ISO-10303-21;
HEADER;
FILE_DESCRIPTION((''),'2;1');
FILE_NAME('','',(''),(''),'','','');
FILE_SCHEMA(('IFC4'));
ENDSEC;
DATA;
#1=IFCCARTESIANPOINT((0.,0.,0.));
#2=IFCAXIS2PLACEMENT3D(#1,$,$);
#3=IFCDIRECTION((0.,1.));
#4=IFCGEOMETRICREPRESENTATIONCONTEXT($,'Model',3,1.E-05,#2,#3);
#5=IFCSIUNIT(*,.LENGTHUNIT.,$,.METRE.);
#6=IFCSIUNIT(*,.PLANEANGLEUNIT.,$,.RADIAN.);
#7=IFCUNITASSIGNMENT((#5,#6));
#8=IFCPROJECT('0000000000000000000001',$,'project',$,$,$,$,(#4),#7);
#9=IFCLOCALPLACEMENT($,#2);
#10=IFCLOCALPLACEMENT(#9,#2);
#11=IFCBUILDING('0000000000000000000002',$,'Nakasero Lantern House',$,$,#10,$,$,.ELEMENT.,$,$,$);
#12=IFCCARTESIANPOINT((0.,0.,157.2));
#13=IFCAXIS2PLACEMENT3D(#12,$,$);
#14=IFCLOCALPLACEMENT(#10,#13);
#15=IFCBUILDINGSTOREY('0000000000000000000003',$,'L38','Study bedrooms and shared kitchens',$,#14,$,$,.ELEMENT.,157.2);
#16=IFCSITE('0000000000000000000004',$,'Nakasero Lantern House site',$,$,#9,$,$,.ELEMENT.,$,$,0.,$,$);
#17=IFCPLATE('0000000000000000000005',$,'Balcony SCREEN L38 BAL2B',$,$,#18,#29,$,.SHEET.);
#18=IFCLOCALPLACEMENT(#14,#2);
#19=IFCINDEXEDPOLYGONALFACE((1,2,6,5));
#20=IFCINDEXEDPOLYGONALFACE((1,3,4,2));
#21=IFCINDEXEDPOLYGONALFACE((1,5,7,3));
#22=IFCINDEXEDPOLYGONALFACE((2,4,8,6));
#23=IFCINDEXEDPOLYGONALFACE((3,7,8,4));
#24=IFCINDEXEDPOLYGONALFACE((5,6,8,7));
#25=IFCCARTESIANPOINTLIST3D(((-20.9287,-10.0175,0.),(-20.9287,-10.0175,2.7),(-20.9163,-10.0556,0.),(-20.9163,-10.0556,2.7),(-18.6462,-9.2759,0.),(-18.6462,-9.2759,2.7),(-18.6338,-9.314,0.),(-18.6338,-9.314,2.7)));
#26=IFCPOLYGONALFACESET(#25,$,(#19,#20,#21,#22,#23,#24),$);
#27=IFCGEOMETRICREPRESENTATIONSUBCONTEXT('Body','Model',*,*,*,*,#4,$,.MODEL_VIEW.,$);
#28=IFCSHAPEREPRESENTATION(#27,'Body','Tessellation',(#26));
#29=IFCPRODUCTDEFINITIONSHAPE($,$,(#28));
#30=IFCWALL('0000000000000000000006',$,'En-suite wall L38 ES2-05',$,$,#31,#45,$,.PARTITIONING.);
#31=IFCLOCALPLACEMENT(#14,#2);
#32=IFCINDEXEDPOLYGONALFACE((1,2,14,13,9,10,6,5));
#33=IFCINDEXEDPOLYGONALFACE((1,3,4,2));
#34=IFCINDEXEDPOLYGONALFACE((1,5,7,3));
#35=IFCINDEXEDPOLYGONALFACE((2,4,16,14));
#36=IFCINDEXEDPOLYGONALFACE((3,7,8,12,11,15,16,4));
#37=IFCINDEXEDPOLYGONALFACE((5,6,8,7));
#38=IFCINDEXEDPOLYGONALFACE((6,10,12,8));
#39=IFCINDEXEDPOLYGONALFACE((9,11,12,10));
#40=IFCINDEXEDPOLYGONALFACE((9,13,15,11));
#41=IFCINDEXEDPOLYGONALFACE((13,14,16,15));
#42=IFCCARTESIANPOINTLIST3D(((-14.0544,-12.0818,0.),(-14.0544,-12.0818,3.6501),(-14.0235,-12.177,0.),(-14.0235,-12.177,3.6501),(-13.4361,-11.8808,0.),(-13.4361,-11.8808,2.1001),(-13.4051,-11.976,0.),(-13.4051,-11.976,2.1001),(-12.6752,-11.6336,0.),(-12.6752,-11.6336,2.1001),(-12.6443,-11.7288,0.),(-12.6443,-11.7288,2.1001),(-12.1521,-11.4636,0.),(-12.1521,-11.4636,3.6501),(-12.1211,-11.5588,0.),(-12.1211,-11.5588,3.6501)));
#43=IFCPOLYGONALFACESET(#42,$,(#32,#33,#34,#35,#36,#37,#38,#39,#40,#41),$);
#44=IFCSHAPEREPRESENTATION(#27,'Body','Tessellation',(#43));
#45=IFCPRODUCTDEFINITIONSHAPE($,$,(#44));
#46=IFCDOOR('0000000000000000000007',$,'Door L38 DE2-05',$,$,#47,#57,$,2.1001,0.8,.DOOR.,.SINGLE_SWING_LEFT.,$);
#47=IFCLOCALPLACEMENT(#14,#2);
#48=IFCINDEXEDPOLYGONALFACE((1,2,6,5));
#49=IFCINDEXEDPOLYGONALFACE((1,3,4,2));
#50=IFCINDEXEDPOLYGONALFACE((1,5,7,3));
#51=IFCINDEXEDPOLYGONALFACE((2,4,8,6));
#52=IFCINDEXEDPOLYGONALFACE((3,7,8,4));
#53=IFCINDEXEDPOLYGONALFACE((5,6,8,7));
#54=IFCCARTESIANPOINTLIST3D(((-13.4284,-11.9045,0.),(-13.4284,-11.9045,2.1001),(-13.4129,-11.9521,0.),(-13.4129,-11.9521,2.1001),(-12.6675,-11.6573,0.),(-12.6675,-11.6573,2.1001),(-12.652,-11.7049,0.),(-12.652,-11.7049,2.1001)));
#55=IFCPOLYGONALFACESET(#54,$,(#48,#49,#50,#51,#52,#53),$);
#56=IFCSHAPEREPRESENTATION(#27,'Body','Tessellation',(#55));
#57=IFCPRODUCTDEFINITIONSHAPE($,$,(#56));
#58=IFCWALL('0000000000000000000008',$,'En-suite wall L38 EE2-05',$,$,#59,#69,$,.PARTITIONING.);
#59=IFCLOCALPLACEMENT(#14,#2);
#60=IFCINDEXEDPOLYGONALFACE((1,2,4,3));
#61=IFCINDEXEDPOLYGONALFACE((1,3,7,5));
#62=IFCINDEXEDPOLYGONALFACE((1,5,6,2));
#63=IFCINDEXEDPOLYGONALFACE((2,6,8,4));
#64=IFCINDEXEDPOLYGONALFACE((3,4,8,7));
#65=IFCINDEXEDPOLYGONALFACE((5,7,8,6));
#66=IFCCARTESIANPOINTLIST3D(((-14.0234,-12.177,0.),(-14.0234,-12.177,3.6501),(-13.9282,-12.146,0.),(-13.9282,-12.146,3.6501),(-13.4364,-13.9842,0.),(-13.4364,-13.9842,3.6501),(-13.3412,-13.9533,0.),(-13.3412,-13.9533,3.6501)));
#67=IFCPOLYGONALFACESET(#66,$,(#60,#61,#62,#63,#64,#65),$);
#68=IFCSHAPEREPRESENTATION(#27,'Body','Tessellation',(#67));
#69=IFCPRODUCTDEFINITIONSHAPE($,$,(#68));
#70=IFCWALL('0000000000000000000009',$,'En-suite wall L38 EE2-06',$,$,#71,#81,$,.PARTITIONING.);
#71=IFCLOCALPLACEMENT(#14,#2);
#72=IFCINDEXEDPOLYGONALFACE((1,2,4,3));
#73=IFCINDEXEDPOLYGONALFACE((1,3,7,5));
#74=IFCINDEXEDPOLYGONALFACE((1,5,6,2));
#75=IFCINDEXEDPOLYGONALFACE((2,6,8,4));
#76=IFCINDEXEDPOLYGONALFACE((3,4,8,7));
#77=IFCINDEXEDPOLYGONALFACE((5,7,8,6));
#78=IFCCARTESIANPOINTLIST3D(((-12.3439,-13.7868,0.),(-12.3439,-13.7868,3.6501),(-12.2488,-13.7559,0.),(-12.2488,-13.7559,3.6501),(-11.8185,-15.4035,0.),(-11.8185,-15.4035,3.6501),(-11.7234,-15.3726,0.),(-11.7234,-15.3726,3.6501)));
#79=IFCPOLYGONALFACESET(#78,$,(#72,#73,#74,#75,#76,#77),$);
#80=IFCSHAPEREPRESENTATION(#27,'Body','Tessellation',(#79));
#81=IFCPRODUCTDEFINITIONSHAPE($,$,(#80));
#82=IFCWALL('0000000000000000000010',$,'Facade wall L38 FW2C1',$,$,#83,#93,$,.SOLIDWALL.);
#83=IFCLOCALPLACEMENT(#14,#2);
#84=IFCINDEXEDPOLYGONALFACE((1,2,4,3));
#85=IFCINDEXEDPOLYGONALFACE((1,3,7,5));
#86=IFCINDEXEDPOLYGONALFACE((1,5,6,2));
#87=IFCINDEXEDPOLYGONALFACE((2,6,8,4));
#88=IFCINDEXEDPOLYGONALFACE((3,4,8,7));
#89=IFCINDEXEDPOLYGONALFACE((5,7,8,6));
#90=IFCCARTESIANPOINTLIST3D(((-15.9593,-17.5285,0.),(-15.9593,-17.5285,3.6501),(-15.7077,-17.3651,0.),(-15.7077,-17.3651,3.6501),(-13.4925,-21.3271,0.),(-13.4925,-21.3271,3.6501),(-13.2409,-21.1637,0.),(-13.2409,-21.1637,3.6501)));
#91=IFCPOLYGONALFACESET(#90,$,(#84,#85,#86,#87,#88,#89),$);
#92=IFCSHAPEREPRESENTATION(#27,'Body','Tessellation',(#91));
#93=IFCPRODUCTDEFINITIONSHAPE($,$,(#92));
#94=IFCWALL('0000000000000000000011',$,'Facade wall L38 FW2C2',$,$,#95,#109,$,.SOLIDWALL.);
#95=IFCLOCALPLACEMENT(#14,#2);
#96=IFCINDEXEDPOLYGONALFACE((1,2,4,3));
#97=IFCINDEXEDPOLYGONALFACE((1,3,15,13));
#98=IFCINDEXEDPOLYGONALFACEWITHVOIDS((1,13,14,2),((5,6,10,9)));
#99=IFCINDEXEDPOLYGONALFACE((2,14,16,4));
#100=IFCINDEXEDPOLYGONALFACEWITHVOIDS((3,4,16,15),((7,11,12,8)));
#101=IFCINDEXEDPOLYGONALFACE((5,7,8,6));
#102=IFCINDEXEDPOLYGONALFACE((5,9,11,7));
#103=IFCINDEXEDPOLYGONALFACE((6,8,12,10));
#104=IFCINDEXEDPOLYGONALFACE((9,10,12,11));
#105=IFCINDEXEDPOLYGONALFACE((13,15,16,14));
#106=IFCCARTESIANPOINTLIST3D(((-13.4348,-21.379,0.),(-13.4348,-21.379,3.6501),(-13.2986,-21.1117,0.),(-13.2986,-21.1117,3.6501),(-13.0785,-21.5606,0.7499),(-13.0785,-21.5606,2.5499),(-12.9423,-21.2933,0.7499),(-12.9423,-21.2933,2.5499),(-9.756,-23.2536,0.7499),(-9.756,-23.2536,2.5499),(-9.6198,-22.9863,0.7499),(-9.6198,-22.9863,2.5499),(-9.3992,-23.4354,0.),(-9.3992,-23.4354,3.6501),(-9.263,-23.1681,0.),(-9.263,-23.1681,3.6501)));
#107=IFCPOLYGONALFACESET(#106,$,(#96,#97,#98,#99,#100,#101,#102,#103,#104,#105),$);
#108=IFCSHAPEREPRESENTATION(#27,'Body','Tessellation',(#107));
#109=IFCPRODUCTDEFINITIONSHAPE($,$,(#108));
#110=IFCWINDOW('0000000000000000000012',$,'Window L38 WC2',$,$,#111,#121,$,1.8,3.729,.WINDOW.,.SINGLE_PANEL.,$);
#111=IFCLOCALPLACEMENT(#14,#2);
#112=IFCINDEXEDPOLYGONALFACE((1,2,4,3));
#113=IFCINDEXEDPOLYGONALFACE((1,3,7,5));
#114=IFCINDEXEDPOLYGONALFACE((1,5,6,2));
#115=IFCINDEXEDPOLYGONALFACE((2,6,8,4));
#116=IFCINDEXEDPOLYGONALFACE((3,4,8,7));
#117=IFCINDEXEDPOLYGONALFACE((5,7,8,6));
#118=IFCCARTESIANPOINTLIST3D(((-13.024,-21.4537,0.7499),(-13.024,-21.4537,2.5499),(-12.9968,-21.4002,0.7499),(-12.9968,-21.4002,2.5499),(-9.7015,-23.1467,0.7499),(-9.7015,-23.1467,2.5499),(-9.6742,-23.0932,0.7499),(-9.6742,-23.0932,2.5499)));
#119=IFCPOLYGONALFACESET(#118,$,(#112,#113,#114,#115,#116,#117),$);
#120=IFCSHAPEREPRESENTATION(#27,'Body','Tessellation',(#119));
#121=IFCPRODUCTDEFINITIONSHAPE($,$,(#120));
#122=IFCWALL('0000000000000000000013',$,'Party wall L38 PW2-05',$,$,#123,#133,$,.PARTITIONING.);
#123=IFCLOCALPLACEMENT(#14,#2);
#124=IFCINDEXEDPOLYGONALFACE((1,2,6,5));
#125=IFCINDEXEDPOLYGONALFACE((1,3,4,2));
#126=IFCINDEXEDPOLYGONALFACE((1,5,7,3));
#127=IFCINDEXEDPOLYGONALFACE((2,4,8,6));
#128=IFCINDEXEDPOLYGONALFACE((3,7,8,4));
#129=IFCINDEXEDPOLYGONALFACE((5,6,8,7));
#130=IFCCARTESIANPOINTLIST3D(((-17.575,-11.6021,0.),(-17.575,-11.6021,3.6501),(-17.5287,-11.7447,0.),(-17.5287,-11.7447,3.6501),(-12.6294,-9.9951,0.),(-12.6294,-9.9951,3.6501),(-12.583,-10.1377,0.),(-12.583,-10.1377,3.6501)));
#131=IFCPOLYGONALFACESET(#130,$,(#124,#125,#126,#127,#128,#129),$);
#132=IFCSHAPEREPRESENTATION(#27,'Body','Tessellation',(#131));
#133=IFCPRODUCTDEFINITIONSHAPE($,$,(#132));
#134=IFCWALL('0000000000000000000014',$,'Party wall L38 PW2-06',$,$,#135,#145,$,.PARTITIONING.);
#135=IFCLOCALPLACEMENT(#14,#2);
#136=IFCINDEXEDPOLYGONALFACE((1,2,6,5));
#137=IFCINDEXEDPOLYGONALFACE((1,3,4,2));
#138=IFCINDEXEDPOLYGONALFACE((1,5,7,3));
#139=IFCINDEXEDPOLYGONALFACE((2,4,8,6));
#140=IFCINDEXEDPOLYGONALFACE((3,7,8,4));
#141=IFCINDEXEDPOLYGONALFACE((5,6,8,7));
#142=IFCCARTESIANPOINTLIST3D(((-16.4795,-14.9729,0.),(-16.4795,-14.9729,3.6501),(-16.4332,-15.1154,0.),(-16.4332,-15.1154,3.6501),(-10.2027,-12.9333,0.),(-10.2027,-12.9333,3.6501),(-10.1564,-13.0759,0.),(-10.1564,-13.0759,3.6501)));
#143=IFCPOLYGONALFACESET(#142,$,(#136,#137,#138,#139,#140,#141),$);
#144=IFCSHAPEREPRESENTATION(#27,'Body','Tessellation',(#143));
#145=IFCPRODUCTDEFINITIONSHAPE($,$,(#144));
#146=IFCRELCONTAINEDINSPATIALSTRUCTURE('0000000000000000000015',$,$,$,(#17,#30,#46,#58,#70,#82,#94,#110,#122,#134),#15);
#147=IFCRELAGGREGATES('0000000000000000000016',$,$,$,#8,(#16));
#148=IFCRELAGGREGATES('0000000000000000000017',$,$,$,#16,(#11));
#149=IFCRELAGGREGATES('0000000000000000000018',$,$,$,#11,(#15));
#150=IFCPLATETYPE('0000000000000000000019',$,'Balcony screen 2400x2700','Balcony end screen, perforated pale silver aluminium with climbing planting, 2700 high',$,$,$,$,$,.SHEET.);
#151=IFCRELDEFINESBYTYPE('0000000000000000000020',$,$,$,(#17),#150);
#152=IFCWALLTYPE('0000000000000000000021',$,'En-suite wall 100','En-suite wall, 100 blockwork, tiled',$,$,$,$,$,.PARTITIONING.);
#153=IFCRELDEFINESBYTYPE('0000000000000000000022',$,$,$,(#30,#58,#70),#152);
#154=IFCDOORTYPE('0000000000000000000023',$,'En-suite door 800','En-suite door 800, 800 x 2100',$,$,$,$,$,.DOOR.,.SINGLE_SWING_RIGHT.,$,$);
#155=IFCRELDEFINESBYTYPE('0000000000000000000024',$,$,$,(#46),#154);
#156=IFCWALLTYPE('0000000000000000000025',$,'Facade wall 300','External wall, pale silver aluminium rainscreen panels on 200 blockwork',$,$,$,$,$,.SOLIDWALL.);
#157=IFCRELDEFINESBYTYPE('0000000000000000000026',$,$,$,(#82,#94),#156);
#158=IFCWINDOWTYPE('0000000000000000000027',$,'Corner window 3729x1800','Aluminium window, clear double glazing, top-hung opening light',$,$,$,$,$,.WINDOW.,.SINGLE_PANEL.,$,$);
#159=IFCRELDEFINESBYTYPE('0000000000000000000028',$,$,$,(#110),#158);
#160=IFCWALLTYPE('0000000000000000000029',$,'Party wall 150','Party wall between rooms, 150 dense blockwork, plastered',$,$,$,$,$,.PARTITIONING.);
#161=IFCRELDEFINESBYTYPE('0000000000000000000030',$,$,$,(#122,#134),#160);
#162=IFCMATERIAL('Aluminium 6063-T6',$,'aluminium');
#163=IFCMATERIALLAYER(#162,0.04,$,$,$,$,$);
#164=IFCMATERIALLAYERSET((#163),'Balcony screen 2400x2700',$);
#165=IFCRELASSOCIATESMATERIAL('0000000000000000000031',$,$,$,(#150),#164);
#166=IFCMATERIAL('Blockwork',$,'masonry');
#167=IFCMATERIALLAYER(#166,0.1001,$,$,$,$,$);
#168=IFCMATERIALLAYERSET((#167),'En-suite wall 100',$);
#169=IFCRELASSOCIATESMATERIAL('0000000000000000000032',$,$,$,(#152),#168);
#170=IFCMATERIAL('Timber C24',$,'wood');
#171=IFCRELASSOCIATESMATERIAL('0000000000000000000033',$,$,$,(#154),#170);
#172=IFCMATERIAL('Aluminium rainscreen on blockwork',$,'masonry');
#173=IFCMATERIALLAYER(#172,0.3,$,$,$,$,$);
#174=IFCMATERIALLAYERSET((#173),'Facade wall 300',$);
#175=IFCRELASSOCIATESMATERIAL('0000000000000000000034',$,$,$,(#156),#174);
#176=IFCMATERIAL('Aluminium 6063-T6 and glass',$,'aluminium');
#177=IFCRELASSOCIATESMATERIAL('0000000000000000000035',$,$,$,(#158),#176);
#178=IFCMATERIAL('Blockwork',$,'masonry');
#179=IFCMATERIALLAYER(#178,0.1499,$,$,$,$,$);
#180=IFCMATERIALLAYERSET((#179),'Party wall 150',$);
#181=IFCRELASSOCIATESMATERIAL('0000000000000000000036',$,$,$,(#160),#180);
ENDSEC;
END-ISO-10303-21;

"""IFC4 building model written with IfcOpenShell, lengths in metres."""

from ifc_helpers import new_model, si_unit, direction, frame, frame_2d, origin, origin_2d, place, context, subcontext, project, spatial, rectangle, extrude, material, layer, layer_set, type_object, element, fill, save


model = new_model("IFC4")

# Units and contexts
model_context = context("Model", 3, precision=1e-05, world=origin(), true_north=direction((0.0, 1.0)))
body_context = subcontext(model_context, "Body", "Model", "MODEL_VIEW")
ifc_project = project(units=[si_unit("LENGTHUNIT", "METRE"), si_unit("PLANEANGLEUNIT", "RADIAN")], contexts=[model_context])

# Site, building, storey
site_placement = place(None, origin())
site = spatial("IfcSite", under=ifc_project, at=site_placement, Name="Nakasero Lantern House site", CompositionType="ELEMENT", RefElevation=0.0)
building_placement = place(site_placement, origin())
building = spatial("IfcBuilding", under=site, at=building_placement, Name="Nakasero Lantern House", CompositionType="ELEMENT")
storey_placement = place(building_placement, frame((0.0, 0.0, 157.2)))
storey = spatial("IfcBuildingStorey", under=building, at=storey_placement, Name="L38", Description="Study bedrooms and shared kitchens", CompositionType="ELEMENT", Elevation=157.2)

# Plate
ifc_material_1 = material(Name="Aluminium 6063-T6", Category="aluminium")
ifc_layer_1 = layer(ifc_material_1, 0.04)
ifc_layer_set_1 = layer_set([ifc_layer_1], Name="Balcony screen 2400x2700")
plate_type = type_object("IfcPlateType", Name="Balcony screen 2400x2700", Description="Balcony end screen, perforated pale silver aluminium with climbing planting, 2700 high", PredefinedType="SHEET", material=ifc_layer_set_1)
plate_placement = place(storey_placement, frame((-19.7812, -9.6658, 0.0), z_axis=(0.0, 0.0, 1.0), x_axis=(-0.951057, -0.309017, 0.0)))
element("IfcPlate", 1, at=plate_placement, inside=storey, type_object=plate_type, Name="Balcony SCREEN L38 BAL2B", PredefinedType="SHEET", context=body_context, shape_type="SweptSolid", body=[
    extrude(rectangle(XDim=2.3999, YDim=0.04, at=origin_2d()), origin(), (0.0, 0.0, 1.0), 2.7),
])

# Wall, opening, door
ifc_material_2 = material(Name="Blockwork", Category="masonry")
ifc_layer_2 = layer(ifc_material_2, 0.1001)
ifc_layer_set_2 = layer_set([ifc_layer_2], Name="En-suite wall 100")
wall_type_1 = type_object("IfcWallType", Name="En-suite wall 100", Description="En-suite wall, 100 blockwork, tiled", PredefinedType="PARTITIONING", material=ifc_layer_set_2)
wall_1_placement = place(storey_placement, frame((-12.1367, -11.5112, 0.0), z_axis=(0.0, 0.0, 1.0), x_axis=(-0.951048, -0.309042, 0.0)))
wall_1 = element("IfcWall", 2, at=wall_1_placement, inside=storey, type_object=wall_type_1, Name="En-suite wall L38 ES2-05", PredefinedType="PARTITIONING", context=body_context, shape_type="SweptSolid", body=[
    extrude(rectangle(XDim=2.0002, YDim=0.1001, at=frame_2d((1.0, 0.0))), origin(), (0.0, 0.0, 1.0), 3.6501),
])
opening_1_placement = place(wall_1_placement, frame((0.55, 0.0, 0.0)))
opening_1 = element("IfcOpeningElement", 3, at=opening_1_placement, cuts=wall_1, PredefinedType="OPENING", context=body_context, shape_type="SweptSolid", body=[
    extrude(rectangle(XDim=0.8, YDim=2.1001, at=frame_2d((0.3999, 1.05))), frame((0.0, 0.0701, 0.0), z_axis=(0.0, -1.0, 0.0), x_axis=(1.0, 0.0, 0.0)), (0.0, 0.0, 1.0), 0.1401),
])
ifc_material_3 = material(Name="Timber C24", Category="wood")
door_type = type_object("IfcDoorType", Name="En-suite door 800", Description="En-suite door 800, 800 x 2100", OperationType="SINGLE_SWING_RIGHT", PredefinedType="DOOR", material=ifc_material_3)
door_placement = place(opening_1_placement, origin())
door = element("IfcDoor", 4, at=door_placement, inside=storey, type_object=door_type, Name="Door L38 DE2-05", OperationType="SINGLE_SWING_LEFT", OverallHeight=2.1001, OverallWidth=0.8, PredefinedType="DOOR", context=body_context, shape_type="SweptSolid", body=[
    extrude(rectangle(XDim=0.8, YDim=2.1001, at=frame_2d((0.3999, 1.05))), frame((0.0, 0.0249, 0.0), z_axis=(0.0, -1.0, 0.0), x_axis=(1.0, 0.0, 0.0)), (0.0, 0.0, 1.0), 0.05),
])
fill(opening_1, door)

# Walls
wall_2_placement = place(storey_placement, frame((-13.9758, -12.1614, 0.0), z_axis=(0.0, 0.0, 1.0), x_axis=(0.308894, -0.951096, 0.0)))
element("IfcWall", 5, at=wall_2_placement, inside=storey, type_object=wall_type_1, Name="En-suite wall L38 EE2-05", PredefinedType="PARTITIONING", context=body_context, shape_type="SweptSolid", body=[
    extrude(rectangle(XDim=1.9001, YDim=0.1001, at=frame_2d((0.9502, 0.0))), origin(), (0.0, 0.0, 1.0), 3.6501),
])
wall_3_placement = place(storey_placement, frame((-12.2964, -13.7712, 0.0), z_axis=(0.0, 0.0, 1.0), x_axis=(0.309067, -0.95104, 0.0)))
element("IfcWall", 6, at=wall_3_placement, inside=storey, type_object=wall_type_1, Name="En-suite wall L38 EE2-06", PredefinedType="PARTITIONING", context=body_context, shape_type="SweptSolid", body=[
    extrude(rectangle(XDim=1.7, YDim=0.1001, at=frame_2d((0.8501, 0.0))), origin(), (0.0, 0.0, 1.0), 3.6501),
])
ifc_material_4 = material(Name="Aluminium rainscreen on blockwork", Category="masonry")
ifc_layer_3 = layer(ifc_material_4, 0.3)
ifc_layer_set_3 = layer_set([ifc_layer_3], Name="Facade wall 300")
wall_type_2 = type_object("IfcWallType", Name="Facade wall 300", Description="External wall, pale silver aluminium rainscreen panels on 200 blockwork", PredefinedType="SOLIDWALL", material=ifc_layer_set_3)
wall_4_placement = place(storey_placement, frame((-15.8335, -17.4468, 0.0), z_axis=(0.0, 0.0, 1.0), x_axis=(0.544634, -0.838674, 0.0)))
element("IfcWall", 7, at=wall_4_placement, inside=storey, type_object=wall_type_2, Name="Facade wall L38 FW2C1", PredefinedType="SOLIDWALL", context=body_context, shape_type="SweptSolid", body=[
    extrude(rectangle(XDim=4.5293, YDim=0.3, at=frame_2d((2.2646, 0.0))), origin(), (0.0, 0.0, 1.0), 3.6501),
])

# Wall, opening, window
wall_5_placement = place(storey_placement, frame((-13.3667, -21.2454, 0.0), z_axis=(0.0, 0.0, 1.0), x_axis=(0.890995, -0.454014, 0.0)))
wall_5 = element("IfcWall", 8, at=wall_5_placement, inside=storey, type_object=wall_type_2, Name="Facade wall L38 FW2C2", PredefinedType="SOLIDWALL", context=body_context, shape_type="SweptSolid", body=[
    extrude(rectangle(XDim=4.5293, YDim=0.3, at=frame_2d((2.2646, 0.0))), origin(), (0.0, 0.0, 1.0), 3.6501),
])
opening_2_placement = place(wall_5_placement, frame((0.3999, 0.0, 0.75)))
opening_2 = element("IfcOpeningElement", 9, at=opening_2_placement, cuts=wall_5, PredefinedType="OPENING", context=body_context, shape_type="SweptSolid", body=[
    extrude(rectangle(XDim=3.729, YDim=1.8, at=frame_2d((1.8645, 0.8999))), frame((0.0, 0.1699, 0.0), z_axis=(0.0, -1.0, 0.0), x_axis=(1.0, 0.0, 0.0)), (0.0, 0.0, 1.0), 0.3401),
])
ifc_material_5 = material(Name="Aluminium 6063-T6 and glass", Category="aluminium")
window_type = type_object("IfcWindowType", Name="Corner window 3729x1800", Description="Aluminium window, clear double glazing, top-hung opening light", PartitioningType="SINGLE_PANEL", PredefinedType="WINDOW", material=ifc_material_5)
window_placement = place(opening_2_placement, origin())
window = element("IfcWindow", 10, at=window_placement, inside=storey, type_object=window_type, Name="Window L38 WC2", OverallHeight=1.8, OverallWidth=3.729, PartitioningType="SINGLE_PANEL", PredefinedType="WINDOW", context=body_context, shape_type="SweptSolid", body=[
    extrude(rectangle(XDim=3.729, YDim=1.8, at=frame_2d((1.8645, 0.8999))), frame((0.0, 0.03, 0.0), z_axis=(0.0, -1.0, 0.0), x_axis=(1.0, 0.0, 0.0)), (0.0, 0.0, 1.0), 0.0601),
])
fill(opening_2, window)

# Walls
ifc_material_6 = material(Name="Blockwork", Category="masonry")
ifc_layer_4 = layer(ifc_material_6, 0.1499)
ifc_layer_set_4 = layer_set([ifc_layer_4], Name="Party wall 150")
wall_type_3 = type_object("IfcWallType", Name="Party wall 150", Description="Party wall between rooms, 150 dense blockwork, plastered", PredefinedType="PARTITIONING", material=ifc_layer_set_4)
wall_6_placement = place(storey_placement, frame((-12.6062, -10.0664, 0.0), z_axis=(0.0, 0.0, 1.0), x_axis=(-0.951055, -0.309021, 0.0)))
element("IfcWall", 11, at=wall_6_placement, inside=storey, type_object=wall_type_3, Name="Party wall L38 PW2-05", PredefinedType="PARTITIONING", context=body_context, shape_type="SweptSolid", body=[
    extrude(rectangle(XDim=5.2002, YDim=0.1499, at=frame_2d((2.6001, 0.0))), origin(), (0.0, 0.0, 1.0), 3.6501),
])
wall_7_placement = place(storey_placement, frame((-10.1797, -13.0046, 0.0), z_axis=(0.0, 0.0, 1.0), x_axis=(-0.951053, -0.309028, 0.0)))
element("IfcWall", 12, at=wall_7_placement, inside=storey, type_object=wall_type_3, Name="Party wall L38 PW2-06", PredefinedType="PARTITIONING", context=body_context, shape_type="SweptSolid", body=[
    extrude(rectangle(XDim=6.5999, YDim=0.1499, at=frame_2d((3.2998, 0.0))), origin(), (0.0, 0.0, 1.0), 3.6501),
])

save(model, "model.ifc")
